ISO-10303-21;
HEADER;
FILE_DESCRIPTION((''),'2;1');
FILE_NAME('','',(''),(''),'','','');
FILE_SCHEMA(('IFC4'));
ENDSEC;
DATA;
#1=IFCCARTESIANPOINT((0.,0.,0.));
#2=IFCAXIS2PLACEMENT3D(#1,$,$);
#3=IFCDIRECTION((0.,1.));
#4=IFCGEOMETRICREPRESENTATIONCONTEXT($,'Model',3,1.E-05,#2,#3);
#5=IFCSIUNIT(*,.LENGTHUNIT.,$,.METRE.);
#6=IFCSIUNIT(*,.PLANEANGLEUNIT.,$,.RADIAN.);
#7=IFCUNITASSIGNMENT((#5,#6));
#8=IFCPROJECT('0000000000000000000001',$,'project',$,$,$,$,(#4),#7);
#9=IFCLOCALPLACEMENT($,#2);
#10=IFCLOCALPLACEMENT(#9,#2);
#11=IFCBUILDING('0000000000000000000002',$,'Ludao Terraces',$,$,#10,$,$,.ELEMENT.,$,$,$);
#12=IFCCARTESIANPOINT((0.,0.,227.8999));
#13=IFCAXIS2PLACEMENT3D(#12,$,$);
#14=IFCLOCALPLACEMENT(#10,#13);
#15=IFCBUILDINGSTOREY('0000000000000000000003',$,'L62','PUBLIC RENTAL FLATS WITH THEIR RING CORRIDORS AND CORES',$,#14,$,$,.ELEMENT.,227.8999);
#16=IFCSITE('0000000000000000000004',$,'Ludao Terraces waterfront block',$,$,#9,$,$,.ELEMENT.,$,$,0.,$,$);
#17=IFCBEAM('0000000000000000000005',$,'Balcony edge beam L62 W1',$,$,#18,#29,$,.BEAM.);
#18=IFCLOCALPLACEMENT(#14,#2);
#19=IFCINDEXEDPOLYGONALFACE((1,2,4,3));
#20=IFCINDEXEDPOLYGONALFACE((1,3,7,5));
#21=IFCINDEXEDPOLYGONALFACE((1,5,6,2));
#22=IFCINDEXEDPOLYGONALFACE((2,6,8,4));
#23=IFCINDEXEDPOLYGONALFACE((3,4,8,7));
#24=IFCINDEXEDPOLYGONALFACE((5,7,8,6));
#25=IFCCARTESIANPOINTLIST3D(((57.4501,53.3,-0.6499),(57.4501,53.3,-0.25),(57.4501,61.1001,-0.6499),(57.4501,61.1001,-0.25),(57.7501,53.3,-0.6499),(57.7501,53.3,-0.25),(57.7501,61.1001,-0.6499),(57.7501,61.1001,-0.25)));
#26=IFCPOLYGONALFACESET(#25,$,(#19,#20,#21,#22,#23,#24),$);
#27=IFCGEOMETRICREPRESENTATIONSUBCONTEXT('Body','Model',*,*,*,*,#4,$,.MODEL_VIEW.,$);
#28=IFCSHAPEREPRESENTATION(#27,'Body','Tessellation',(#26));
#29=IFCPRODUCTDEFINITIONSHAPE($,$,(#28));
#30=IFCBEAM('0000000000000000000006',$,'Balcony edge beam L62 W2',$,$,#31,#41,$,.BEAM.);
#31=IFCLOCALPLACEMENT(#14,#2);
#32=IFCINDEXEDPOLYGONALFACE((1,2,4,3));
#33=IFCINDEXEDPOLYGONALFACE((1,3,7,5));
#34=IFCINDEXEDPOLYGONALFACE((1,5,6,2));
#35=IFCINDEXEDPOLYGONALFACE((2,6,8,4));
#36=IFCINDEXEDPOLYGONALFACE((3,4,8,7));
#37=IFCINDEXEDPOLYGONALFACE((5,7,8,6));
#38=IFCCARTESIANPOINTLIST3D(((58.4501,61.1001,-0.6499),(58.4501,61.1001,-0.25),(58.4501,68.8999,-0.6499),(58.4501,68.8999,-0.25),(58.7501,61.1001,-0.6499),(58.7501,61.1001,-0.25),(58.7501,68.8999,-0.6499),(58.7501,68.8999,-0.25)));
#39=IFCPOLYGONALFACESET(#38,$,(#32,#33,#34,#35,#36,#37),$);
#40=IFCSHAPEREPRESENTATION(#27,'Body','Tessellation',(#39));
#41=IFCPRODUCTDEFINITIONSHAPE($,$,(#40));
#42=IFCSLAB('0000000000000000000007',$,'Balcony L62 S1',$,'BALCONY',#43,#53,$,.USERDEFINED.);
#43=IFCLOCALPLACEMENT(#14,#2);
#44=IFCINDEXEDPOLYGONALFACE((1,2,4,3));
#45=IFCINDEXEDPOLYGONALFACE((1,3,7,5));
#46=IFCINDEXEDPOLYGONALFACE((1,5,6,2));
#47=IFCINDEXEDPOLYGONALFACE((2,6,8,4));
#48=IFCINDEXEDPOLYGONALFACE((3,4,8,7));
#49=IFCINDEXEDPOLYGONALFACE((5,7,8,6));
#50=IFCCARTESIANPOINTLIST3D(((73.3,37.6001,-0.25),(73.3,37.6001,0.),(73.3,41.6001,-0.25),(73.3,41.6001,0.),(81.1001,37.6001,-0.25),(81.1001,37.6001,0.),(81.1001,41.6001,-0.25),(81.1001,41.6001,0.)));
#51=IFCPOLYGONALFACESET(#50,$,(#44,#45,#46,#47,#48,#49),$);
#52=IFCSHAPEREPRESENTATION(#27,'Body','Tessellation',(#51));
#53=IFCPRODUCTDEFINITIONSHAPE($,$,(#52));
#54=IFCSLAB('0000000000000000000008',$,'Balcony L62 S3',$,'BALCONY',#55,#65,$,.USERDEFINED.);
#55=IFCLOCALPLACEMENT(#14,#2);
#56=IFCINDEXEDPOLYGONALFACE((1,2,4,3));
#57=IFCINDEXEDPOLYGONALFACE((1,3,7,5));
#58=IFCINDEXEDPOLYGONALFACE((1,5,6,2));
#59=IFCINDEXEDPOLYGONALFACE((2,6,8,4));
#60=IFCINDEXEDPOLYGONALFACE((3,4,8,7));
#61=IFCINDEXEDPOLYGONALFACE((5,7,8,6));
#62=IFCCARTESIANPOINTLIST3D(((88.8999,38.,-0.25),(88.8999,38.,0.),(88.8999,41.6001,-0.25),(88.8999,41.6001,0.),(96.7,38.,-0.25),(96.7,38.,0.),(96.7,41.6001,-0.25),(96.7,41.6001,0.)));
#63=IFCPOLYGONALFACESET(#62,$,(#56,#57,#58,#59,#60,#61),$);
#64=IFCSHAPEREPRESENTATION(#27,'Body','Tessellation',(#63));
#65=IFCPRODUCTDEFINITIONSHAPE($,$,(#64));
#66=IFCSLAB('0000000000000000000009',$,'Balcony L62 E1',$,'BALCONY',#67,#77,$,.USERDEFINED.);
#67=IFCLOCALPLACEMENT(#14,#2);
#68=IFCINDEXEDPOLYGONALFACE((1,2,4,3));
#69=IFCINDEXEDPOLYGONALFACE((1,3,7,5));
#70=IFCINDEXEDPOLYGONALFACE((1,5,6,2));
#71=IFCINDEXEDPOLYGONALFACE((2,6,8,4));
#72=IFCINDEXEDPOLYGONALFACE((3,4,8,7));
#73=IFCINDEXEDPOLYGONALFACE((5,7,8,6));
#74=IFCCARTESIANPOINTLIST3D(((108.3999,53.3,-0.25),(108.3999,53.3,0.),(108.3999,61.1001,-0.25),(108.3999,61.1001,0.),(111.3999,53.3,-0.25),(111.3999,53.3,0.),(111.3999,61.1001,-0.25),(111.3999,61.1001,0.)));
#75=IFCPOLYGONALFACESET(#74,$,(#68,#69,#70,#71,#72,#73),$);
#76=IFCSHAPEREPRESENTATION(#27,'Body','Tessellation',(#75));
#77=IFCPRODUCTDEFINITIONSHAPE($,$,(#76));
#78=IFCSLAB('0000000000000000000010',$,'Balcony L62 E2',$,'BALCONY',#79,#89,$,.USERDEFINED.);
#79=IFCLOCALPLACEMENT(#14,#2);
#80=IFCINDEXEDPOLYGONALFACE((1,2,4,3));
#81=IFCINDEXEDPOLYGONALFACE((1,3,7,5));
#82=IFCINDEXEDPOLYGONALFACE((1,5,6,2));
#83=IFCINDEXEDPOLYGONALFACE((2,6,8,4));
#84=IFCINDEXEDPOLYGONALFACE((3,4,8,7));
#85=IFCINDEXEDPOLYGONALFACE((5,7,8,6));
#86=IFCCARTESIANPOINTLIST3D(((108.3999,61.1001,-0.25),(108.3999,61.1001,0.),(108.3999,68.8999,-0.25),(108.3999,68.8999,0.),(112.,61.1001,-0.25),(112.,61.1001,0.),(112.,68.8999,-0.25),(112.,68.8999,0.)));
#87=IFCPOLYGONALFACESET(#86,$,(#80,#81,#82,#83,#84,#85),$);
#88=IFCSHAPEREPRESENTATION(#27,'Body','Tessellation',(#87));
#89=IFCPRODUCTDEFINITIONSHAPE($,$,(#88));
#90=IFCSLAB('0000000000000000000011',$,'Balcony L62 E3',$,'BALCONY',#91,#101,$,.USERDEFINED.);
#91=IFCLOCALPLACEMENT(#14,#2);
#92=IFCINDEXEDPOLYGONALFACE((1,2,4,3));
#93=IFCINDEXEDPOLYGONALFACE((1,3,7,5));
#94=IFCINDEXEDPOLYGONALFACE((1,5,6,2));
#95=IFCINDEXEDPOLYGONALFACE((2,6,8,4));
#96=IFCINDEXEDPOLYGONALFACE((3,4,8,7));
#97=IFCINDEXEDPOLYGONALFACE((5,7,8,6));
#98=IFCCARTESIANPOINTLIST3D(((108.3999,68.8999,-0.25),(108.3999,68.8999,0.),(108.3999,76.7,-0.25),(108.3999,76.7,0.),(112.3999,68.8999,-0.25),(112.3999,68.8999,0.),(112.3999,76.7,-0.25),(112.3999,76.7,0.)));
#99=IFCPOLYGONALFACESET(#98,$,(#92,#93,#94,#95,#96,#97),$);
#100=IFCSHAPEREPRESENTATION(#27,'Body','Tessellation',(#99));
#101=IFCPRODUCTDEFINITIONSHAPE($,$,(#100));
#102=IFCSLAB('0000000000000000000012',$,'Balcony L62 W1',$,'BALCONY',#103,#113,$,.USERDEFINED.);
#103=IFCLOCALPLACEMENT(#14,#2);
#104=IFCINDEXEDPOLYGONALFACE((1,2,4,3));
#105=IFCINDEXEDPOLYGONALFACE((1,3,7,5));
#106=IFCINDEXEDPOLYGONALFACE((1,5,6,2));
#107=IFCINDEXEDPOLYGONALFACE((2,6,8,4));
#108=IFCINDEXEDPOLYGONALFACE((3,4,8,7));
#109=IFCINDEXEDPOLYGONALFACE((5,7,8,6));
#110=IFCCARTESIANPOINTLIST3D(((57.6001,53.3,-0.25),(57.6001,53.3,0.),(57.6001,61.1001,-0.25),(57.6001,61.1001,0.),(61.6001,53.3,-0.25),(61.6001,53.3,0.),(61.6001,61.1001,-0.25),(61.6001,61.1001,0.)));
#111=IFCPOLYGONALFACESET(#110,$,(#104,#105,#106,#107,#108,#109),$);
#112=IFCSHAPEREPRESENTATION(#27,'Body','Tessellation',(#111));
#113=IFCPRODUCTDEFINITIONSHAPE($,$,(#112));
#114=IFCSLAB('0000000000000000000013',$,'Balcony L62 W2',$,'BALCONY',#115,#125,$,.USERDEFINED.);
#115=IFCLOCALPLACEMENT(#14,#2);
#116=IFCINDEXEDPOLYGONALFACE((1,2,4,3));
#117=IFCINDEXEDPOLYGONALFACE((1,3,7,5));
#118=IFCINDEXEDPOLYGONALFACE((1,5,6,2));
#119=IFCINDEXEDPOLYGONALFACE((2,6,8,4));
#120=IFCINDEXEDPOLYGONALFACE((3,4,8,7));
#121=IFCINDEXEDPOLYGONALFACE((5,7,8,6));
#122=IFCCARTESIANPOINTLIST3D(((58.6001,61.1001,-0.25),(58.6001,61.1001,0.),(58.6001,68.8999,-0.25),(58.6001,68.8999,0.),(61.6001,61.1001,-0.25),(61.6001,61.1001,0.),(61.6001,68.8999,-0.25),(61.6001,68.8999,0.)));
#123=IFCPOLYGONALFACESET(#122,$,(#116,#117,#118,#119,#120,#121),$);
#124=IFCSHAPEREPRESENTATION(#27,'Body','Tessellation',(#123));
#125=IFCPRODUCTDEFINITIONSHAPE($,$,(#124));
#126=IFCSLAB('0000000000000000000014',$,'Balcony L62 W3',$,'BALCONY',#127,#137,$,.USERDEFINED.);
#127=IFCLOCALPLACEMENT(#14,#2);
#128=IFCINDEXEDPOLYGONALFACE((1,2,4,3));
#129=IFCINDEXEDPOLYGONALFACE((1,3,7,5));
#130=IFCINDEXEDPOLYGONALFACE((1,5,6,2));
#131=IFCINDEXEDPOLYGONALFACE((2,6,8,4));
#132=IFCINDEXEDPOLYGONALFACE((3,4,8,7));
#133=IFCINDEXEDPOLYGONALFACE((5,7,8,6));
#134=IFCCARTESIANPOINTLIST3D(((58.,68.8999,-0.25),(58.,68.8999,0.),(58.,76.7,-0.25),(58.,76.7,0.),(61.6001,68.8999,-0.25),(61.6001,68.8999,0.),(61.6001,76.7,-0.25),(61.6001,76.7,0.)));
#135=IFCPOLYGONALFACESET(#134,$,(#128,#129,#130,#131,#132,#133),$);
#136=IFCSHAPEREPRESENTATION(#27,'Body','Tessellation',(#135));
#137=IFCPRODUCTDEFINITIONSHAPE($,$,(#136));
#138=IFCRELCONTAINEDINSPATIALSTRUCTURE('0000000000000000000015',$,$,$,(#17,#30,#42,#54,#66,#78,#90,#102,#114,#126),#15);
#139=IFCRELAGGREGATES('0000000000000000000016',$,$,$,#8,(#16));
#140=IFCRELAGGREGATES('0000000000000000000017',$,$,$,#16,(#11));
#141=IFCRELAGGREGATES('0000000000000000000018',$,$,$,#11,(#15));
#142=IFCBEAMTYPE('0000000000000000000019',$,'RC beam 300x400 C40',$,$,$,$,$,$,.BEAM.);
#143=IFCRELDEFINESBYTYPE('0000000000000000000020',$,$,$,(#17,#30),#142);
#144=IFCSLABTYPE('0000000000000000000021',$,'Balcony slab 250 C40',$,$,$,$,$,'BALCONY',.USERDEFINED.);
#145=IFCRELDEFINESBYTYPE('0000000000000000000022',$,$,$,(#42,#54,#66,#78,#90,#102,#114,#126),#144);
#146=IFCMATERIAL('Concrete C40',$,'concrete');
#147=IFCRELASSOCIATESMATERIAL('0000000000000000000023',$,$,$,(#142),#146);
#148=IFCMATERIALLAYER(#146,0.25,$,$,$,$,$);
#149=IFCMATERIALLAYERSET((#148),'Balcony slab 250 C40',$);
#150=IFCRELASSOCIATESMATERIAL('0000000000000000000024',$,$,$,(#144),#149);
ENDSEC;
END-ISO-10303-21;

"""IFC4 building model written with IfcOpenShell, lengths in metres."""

from ifc_helpers import new_model, si_unit, direction, frame, origin, origin_2d, place, context, subcontext, project, spatial, polyline, rectangle, outline, extrude, material, layer, layer_set, material_profile, profile_set, type_object, element, save


model = new_model("IFC4")

# Units and contexts
model_context = context("Model", 3, precision=1e-05, world=origin(), true_north=direction((0.0, 1.0)))
body_context = subcontext(model_context, "Body", "Model", "MODEL_VIEW")
ifc_project = project(units=[si_unit("LENGTHUNIT", "METRE"), si_unit("PLANEANGLEUNIT", "RADIAN")], contexts=[model_context])

# Site, building, storey
site_placement = place(None, origin())
site = spatial("IfcSite", under=ifc_project, at=site_placement, Name="Ludao Terraces waterfront block", CompositionType="ELEMENT", RefElevation=0.0)
building_placement = place(site_placement, origin())
building = spatial("IfcBuilding", under=site, at=building_placement, Name="Ludao Terraces", CompositionType="ELEMENT")
storey_placement = place(building_placement, frame((0.0, 0.0, 227.8999)))
storey = spatial("IfcBuildingStorey", under=building, at=storey_placement, Name="L62", Description="PUBLIC RENTAL FLATS WITH THEIR RING CORRIDORS AND CORES", CompositionType="ELEMENT", Elevation=227.8999)

# Beams
ifc_material_1 = material(Name="Concrete C40", Category="concrete")
ifc_material_profile = material_profile(ifc_material_1, rectangle(XDim=0.3, YDim=0.3999, at=origin_2d()), Name="300 X 400")
ifc_profile_set = profile_set([ifc_material_profile], Name="Concrete C40")
beam_type = type_object("IfcBeamType", Name="RC beam 300x400 C40", PredefinedType="BEAM", material=ifc_profile_set)
beam_1_placement = place(storey_placement, frame((57.6001, 53.3, -0.45), z_axis=(0.0, 1.0, 0.0), x_axis=(-1.0, 0.0, 0.0)))
element("IfcBeam", 1, at=beam_1_placement, inside=storey, type_object=beam_type, Name="Balcony edge beam L62 W1", PredefinedType="BEAM", context=body_context, shape_type="SweptSolid", body=[
    extrude(rectangle(XDim=0.3, YDim=0.3999, at=origin_2d()), origin(), (0.0, 0.0, 1.0), 7.8),
])
beam_2_placement = place(storey_placement, frame((58.6001, 61.1001, -0.45), z_axis=(0.0, 1.0, 0.0), x_axis=(-1.0, 0.0, 0.0)))
element("IfcBeam", 2, at=beam_2_placement, inside=storey, type_object=beam_type, Name="Balcony edge beam L62 W2", PredefinedType="BEAM", context=body_context, shape_type="SweptSolid", body=[
    extrude(rectangle(XDim=0.3, YDim=0.3999, at=origin_2d()), origin(), (0.0, 0.0, 1.0), 7.7998),
])

# Slabs
ifc_layer_1 = layer(ifc_material_1, 0.25)
ifc_layer_set_1 = layer_set([ifc_layer_1], Name="Balcony slab 250 C40")
slab_type_1 = type_object("IfcSlabType", Name="Balcony slab 250 C40", ElementType="BALCONY", PredefinedType="USERDEFINED", material=ifc_layer_set_1)
slab_1_placement = place(storey_placement, frame((0.0, 0.0, -0.25)))
element("IfcSlab", 3, at=slab_1_placement, inside=storey, type_object=slab_type_1, Name="Balcony L62 S1", ObjectType="BALCONY", PredefinedType="USERDEFINED", context=body_context, shape_type="SweptSolid", body=[
    extrude(outline(polyline([(73.3, 37.6001), (81.1001, 37.6001), (81.1001, 41.6001), (73.3, 41.6001), (73.3, 37.6001)])), origin(), (0.0, 0.0, 1.0), 0.25),
])
slab_2_placement = place(storey_placement, frame((0.0, 0.0, -0.25)))
element("IfcSlab", 4, at=slab_2_placement, inside=storey, type_object=slab_type_1, Name="Balcony L62 S3", ObjectType="BALCONY", PredefinedType="USERDEFINED", context=body_context, shape_type="SweptSolid", body=[
    extrude(outline(polyline([(88.8999, 38.0), (96.7, 38.0), (96.7, 41.6001), (88.8999, 41.6001), (88.8999, 38.0)])), origin(), (0.0, 0.0, 1.0), 0.25),
])
slab_3_placement = place(storey_placement, frame((0.0, 0.0, -0.25)))
element("IfcSlab", 5, at=slab_3_placement, inside=storey, type_object=slab_type_1, Name="Balcony L62 E1", ObjectType="BALCONY", PredefinedType="USERDEFINED", context=body_context, shape_type="SweptSolid", body=[
    extrude(outline(polyline([(108.3999, 53.3), (111.3999, 53.3), (111.3999, 61.1001), (108.3999, 61.1001), (108.3999, 53.3)])), origin(), (0.0, 0.0, 1.0), 0.25),
])
slab_4_placement = place(storey_placement, frame((0.0, 0.0, -0.25)))
element("IfcSlab", 6, at=slab_4_placement, inside=storey, type_object=slab_type_1, Name="Balcony L62 E2", ObjectType="BALCONY", PredefinedType="USERDEFINED", context=body_context, shape_type="SweptSolid", body=[
    extrude(outline(polyline([(108.3999, 61.1001), (112.0, 61.1001), (112.0, 68.8999), (108.3999, 68.8999), (108.3999, 61.1001)])), origin(), (0.0, 0.0, 1.0), 0.25),
])
slab_5_placement = place(storey_placement, frame((0.0, 0.0, -0.25)))
element("IfcSlab", 7, at=slab_5_placement, inside=storey, type_object=slab_type_1, Name="Balcony L62 E3", ObjectType="BALCONY", PredefinedType="USERDEFINED", context=body_context, shape_type="SweptSolid", body=[
    extrude(outline(polyline([(108.3999, 68.8999), (112.3999, 68.8999), (112.3999, 76.7), (108.3999, 76.7), (108.3999, 68.8999)])), origin(), (0.0, 0.0, 1.0), 0.25),
])
slab_6_placement = place(storey_placement, frame((0.0, 0.0, -0.25)))
element("IfcSlab", 8, at=slab_6_placement, inside=storey, type_object=slab_type_1, Name="Balcony L62 W1", ObjectType="BALCONY", PredefinedType="USERDEFINED", context=body_context, shape_type="SweptSolid", body=[
    extrude(outline(polyline([(57.6001, 53.3), (61.6001, 53.3), (61.6001, 61.1001), (57.6001, 61.1001), (57.6001, 53.3)])), origin(), (0.0, 0.0, 1.0), 0.25),
])
slab_7_placement = place(storey_placement, frame((0.0, 0.0, -0.25)))
element("IfcSlab", 9, at=slab_7_placement, inside=storey, type_object=slab_type_1, Name="Balcony L62 W2", ObjectType="BALCONY", PredefinedType="USERDEFINED", context=body_context, shape_type="SweptSolid", body=[
    extrude(outline(polyline([(58.6001, 61.1001), (61.6001, 61.1001), (61.6001, 68.8999), (58.6001, 68.8999), (58.6001, 61.1001)])), origin(), (0.0, 0.0, 1.0), 0.25),
])
slab_8_placement = place(storey_placement, frame((0.0, 0.0, -0.25)))
element("IfcSlab", 10, at=slab_8_placement, inside=storey, type_object=slab_type_1, Name="Balcony L62 W3", ObjectType="BALCONY", PredefinedType="USERDEFINED", context=body_context, shape_type="SweptSolid", body=[
    extrude(outline(polyline([(58.0, 68.8999), (61.6001, 68.8999), (61.6001, 76.7), (58.0, 76.7), (58.0, 68.8999)])), origin(), (0.0, 0.0, 1.0), 0.25),
])

save(model, "model.ifc")
